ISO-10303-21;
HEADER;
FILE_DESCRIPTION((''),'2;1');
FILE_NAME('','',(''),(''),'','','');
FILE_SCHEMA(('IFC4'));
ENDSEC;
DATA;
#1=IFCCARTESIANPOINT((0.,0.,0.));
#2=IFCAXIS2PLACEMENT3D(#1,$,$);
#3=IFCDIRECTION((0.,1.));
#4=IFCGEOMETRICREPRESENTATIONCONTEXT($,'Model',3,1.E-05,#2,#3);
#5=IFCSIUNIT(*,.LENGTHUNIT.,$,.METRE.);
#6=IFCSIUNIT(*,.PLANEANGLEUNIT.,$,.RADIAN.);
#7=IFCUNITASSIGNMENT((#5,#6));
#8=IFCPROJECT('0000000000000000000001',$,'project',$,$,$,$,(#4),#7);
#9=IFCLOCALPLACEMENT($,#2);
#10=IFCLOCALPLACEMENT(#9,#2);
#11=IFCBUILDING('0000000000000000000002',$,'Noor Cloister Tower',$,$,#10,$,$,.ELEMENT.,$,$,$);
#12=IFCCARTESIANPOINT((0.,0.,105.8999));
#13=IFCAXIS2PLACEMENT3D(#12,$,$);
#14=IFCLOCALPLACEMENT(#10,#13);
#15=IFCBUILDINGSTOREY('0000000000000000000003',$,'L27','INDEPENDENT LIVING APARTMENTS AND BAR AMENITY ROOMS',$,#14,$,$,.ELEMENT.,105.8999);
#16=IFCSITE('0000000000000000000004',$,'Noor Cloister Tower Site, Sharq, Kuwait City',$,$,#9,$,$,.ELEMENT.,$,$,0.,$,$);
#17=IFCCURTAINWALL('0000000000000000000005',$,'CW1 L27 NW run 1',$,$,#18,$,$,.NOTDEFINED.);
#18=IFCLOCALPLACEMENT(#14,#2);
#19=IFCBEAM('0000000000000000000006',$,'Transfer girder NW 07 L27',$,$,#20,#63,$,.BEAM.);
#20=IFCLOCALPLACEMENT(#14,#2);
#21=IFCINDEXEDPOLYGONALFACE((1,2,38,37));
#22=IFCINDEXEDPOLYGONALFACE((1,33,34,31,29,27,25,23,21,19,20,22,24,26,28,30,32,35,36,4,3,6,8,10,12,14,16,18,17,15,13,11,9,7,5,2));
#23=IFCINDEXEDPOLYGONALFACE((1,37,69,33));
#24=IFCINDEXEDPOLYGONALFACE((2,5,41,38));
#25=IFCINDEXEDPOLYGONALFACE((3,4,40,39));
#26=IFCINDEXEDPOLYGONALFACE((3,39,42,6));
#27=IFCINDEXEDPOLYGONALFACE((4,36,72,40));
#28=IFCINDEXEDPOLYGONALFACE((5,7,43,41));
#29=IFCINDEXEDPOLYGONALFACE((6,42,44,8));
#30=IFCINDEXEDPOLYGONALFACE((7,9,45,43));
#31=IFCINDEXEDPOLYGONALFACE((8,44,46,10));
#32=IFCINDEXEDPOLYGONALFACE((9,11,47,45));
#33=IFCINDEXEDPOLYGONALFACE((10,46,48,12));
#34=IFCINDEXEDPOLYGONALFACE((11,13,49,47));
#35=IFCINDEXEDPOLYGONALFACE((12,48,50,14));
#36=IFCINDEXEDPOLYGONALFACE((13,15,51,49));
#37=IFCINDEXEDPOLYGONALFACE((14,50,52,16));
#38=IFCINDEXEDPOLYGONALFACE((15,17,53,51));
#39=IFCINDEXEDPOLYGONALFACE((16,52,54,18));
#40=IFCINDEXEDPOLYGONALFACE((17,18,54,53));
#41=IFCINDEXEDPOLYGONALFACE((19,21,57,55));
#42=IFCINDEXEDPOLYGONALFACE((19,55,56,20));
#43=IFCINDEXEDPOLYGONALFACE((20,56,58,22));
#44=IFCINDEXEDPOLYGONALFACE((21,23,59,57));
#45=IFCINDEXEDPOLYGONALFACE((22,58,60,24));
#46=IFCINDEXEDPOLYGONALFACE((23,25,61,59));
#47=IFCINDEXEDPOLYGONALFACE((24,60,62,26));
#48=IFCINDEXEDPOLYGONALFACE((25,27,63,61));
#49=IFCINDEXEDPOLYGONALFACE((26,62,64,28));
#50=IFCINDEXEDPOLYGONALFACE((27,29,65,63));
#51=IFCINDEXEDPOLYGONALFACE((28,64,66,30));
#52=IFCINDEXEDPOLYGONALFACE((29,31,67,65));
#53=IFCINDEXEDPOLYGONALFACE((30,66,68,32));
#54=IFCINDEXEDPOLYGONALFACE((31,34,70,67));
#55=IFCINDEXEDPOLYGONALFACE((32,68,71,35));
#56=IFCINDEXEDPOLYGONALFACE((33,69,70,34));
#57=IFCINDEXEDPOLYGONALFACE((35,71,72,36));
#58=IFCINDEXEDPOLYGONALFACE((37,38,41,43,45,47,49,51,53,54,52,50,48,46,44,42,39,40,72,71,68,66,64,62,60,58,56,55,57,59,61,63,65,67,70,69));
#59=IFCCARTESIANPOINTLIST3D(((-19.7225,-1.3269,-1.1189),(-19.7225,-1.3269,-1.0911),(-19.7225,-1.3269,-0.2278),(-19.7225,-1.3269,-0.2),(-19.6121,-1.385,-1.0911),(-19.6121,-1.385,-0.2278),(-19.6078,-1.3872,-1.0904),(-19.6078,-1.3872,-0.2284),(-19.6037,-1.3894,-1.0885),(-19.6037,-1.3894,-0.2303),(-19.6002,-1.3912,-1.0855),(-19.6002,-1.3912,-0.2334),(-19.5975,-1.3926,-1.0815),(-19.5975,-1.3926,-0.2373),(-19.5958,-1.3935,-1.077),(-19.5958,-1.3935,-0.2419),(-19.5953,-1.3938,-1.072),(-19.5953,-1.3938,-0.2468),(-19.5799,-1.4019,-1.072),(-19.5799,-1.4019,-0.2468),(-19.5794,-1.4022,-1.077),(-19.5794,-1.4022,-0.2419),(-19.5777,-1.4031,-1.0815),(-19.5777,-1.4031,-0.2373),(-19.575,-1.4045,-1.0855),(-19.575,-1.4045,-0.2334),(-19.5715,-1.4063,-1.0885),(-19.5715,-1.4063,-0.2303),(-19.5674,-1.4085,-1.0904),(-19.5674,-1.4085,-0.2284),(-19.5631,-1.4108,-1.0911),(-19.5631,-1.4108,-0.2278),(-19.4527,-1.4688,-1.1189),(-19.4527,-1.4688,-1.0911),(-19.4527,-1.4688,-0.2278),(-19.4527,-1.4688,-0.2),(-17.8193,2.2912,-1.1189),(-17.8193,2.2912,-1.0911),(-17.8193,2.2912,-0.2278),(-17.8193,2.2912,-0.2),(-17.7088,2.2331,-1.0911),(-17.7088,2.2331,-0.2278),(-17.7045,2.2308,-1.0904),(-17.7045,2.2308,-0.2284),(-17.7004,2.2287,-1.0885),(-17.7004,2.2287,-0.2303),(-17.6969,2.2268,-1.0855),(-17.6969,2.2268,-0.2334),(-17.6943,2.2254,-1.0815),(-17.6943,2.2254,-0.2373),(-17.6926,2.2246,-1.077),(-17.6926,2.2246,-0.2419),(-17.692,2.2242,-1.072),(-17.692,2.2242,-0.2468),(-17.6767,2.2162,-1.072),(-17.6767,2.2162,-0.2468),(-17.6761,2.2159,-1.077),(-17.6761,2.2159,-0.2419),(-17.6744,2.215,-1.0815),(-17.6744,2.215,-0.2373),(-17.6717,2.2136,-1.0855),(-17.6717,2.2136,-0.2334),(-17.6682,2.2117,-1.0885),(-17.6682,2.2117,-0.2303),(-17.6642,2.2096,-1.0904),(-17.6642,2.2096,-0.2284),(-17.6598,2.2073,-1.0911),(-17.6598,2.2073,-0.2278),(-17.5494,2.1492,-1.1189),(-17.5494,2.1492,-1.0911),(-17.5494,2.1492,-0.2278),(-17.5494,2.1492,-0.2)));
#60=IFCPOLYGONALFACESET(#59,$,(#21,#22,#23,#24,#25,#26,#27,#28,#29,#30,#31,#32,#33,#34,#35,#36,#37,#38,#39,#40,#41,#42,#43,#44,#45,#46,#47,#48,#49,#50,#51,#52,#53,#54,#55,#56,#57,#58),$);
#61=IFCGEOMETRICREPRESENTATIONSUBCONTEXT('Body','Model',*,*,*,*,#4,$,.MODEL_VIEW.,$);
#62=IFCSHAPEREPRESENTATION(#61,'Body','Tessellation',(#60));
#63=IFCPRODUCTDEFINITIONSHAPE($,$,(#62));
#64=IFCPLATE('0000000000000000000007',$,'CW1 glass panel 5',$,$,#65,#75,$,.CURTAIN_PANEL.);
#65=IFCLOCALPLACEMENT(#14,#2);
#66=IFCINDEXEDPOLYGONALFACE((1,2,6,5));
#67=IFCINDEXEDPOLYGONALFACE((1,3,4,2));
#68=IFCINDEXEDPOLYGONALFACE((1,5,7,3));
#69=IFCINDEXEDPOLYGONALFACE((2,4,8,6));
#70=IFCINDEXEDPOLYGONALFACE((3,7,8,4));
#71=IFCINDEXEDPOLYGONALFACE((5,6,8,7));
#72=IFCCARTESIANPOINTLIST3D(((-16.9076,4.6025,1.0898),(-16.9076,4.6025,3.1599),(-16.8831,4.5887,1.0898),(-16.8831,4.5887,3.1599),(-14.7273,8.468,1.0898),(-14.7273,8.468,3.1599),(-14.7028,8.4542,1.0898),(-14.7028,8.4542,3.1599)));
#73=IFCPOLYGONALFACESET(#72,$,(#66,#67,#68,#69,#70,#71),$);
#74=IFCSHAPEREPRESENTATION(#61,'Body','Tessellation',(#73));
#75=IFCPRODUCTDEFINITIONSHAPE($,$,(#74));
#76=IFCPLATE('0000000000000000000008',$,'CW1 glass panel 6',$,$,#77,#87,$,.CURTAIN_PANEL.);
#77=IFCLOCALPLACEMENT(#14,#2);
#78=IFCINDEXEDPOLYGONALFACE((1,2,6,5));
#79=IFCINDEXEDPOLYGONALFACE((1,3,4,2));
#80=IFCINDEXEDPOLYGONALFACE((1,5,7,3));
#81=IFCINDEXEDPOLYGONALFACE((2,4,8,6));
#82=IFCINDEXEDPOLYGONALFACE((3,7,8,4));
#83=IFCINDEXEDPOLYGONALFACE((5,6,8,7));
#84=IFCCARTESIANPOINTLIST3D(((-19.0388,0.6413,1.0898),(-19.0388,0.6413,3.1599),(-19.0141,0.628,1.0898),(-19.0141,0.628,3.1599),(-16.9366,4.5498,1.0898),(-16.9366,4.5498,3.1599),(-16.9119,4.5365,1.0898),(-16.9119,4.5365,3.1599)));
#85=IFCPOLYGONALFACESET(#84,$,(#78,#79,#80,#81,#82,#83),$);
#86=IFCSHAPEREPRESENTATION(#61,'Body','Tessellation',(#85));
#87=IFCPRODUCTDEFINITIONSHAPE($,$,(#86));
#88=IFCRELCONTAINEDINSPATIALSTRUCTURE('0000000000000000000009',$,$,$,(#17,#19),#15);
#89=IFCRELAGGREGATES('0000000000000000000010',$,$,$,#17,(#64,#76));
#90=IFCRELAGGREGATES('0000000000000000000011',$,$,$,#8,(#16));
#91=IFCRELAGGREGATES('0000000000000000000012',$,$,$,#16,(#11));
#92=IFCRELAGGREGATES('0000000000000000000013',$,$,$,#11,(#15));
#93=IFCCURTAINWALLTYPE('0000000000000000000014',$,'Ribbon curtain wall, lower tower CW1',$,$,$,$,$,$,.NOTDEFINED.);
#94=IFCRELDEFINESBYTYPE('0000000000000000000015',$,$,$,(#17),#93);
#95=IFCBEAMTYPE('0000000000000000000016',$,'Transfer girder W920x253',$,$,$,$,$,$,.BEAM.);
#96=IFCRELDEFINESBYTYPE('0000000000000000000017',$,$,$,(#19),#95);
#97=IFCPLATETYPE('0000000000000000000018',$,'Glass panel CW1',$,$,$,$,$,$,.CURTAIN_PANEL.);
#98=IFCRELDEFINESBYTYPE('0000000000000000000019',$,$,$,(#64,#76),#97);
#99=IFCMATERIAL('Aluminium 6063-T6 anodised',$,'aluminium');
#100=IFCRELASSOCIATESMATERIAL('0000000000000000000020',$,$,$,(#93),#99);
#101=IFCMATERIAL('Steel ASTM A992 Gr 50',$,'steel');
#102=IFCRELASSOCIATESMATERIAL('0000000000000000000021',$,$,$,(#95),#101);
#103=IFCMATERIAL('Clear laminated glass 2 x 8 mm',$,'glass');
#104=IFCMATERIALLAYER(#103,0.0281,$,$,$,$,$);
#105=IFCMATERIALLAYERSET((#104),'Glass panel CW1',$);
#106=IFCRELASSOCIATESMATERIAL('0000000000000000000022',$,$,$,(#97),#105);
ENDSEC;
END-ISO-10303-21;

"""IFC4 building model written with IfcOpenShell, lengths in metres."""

from ifc_helpers import new_model, si_unit, direction, frame, origin, origin_2d, place, context, subcontext, project, spatial, rectangle, i_section, extrude, material, layer, layer_set, material_profile, profile_set, type_object, element, aggregate, save


model = new_model("IFC4")

# Units and contexts
model_context = context("Model", 3, precision=1e-05, world=origin(), true_north=direction((0.0, 1.0)))
body_context = subcontext(model_context, "Body", "Model", "MODEL_VIEW")
ifc_project = project(units=[si_unit("LENGTHUNIT", "METRE"), si_unit("PLANEANGLEUNIT", "RADIAN")], contexts=[model_context])

# Site, building, storey
site_placement = place(None, origin())
site = spatial("IfcSite", under=ifc_project, at=site_placement, Name="Noor Cloister Tower Site, Sharq, Kuwait City", CompositionType="ELEMENT", RefElevation=0.0)
building_placement = place(site_placement, origin())
building = spatial("IfcBuilding", under=site, at=building_placement, Name="Noor Cloister Tower", CompositionType="ELEMENT")
storey_placement = place(building_placement, frame((0.0, 0.0, 105.8999)))
storey = spatial("IfcBuildingStorey", under=building, at=storey_placement, Name="L27", Description="INDEPENDENT LIVING APARTMENTS AND BAR AMENITY ROOMS", CompositionType="ELEMENT", Elevation=105.8999)

# Curtain wall
ifc_material_1 = material(Name="Aluminium 6063-T6 anodised", Category="aluminium")
curtain_wall_type = type_object("IfcCurtainWallType", Name="Ribbon curtain wall, lower tower CW1", PredefinedType="NOTDEFINED", material=ifc_material_1)
curtain_wall_1_placement = place(storey_placement, origin())
curtain_wall_1 = element("IfcCurtainWall", 1, at=curtain_wall_1_placement, inside=storey, type_object=curtain_wall_type, Name="CW1 L27 NW run 1", PredefinedType="NOTDEFINED")

# Beam
ifc_material_2 = material(Name="Steel ASTM A992 Gr 50", Category="steel")
ifc_material_profile_1 = material_profile(ifc_material_2, i_section(OverallWidth=0.3049, OverallDepth=0.9189, WebThickness=0.0173, FlangeThickness=0.0278, FilletRadius=0.019, at=origin_2d()), Name="W920x253")
ifc_profile_set_1 = profile_set([ifc_material_profile_1], Name="Steel ASTM A992 Gr 50")
beam_type_1 = type_object("IfcBeamType", Name="Transfer girder W920x253", PredefinedType="BEAM", material=ifc_profile_set_1)
for number, where, z_axis, x_axis, name in (
    (2, (-17.6843, 2.2202, -0.6594), (-0.465559, -0.885017, 0.0), (0.885017, -0.465559, 0.0), "Transfer girder NW 07 L27"),
):
    element("IfcBeam", number, at=place(storey_placement, frame(where, z_axis=z_axis, x_axis=x_axis)), inside=storey, type_object=beam_type_1, Name=name, PredefinedType="BEAM", context=body_context, shape_type="SweptSolid", body=[
        extrude(i_section(OverallWidth=0.3049, OverallDepth=0.9189, WebThickness=0.0173, FlangeThickness=0.0278, FilletRadius=0.019, at=origin_2d()), origin(), (0.0, 0.0, 1.0), 4.0881),
    ])

# Plates
ifc_material_3 = material(Name="Clear laminated glass 2 x 8 mm", Category="glass")
ifc_layer_1 = layer(ifc_material_3, 0.0281)
ifc_layer_set_1 = layer_set([ifc_layer_1], Name="Glass panel CW1")
plate_type = type_object("IfcPlateType", Name="Glass panel CW1", PredefinedType="CURTAIN_PANEL", material=ifc_layer_set_1)
plate_1_placement = place(storey_placement, frame((-15.8052, 6.5283, 1.0898), z_axis=(0.0, 0.0, 1.0), x_axis=(-0.491281, -0.871001, 0.0)))
plate_1 = element("IfcPlate", 3, at=plate_1_placement, type_object=plate_type, Name="CW1 glass panel 5", PredefinedType="CURTAIN_PANEL", context=body_context, shape_type="SweptSolid", body=[
    extrude(rectangle(XDim=4.438, YDim=0.0281, at=origin_2d()), origin(), (0.0, 0.0, 1.0), 2.0701),
])
plate_2_placement = place(storey_placement, frame((-17.9753, 2.5889, 1.0898), z_axis=(0.0, 0.0, 1.0), x_axis=(-0.473694, -0.880689, 0.0)))
plate_2 = element("IfcPlate", 4, at=plate_2_placement, type_object=plate_type, Name="CW1 glass panel 6", PredefinedType="CURTAIN_PANEL", context=body_context, shape_type="SweptSolid", body=[
    extrude(rectangle(XDim=4.438, YDim=0.0281, at=origin_2d()), origin(), (0.0, 0.0, 1.0), 2.0701),
])
aggregate(curtain_wall_1, [plate_1, plate_2])

save(model, "model.ifc")
